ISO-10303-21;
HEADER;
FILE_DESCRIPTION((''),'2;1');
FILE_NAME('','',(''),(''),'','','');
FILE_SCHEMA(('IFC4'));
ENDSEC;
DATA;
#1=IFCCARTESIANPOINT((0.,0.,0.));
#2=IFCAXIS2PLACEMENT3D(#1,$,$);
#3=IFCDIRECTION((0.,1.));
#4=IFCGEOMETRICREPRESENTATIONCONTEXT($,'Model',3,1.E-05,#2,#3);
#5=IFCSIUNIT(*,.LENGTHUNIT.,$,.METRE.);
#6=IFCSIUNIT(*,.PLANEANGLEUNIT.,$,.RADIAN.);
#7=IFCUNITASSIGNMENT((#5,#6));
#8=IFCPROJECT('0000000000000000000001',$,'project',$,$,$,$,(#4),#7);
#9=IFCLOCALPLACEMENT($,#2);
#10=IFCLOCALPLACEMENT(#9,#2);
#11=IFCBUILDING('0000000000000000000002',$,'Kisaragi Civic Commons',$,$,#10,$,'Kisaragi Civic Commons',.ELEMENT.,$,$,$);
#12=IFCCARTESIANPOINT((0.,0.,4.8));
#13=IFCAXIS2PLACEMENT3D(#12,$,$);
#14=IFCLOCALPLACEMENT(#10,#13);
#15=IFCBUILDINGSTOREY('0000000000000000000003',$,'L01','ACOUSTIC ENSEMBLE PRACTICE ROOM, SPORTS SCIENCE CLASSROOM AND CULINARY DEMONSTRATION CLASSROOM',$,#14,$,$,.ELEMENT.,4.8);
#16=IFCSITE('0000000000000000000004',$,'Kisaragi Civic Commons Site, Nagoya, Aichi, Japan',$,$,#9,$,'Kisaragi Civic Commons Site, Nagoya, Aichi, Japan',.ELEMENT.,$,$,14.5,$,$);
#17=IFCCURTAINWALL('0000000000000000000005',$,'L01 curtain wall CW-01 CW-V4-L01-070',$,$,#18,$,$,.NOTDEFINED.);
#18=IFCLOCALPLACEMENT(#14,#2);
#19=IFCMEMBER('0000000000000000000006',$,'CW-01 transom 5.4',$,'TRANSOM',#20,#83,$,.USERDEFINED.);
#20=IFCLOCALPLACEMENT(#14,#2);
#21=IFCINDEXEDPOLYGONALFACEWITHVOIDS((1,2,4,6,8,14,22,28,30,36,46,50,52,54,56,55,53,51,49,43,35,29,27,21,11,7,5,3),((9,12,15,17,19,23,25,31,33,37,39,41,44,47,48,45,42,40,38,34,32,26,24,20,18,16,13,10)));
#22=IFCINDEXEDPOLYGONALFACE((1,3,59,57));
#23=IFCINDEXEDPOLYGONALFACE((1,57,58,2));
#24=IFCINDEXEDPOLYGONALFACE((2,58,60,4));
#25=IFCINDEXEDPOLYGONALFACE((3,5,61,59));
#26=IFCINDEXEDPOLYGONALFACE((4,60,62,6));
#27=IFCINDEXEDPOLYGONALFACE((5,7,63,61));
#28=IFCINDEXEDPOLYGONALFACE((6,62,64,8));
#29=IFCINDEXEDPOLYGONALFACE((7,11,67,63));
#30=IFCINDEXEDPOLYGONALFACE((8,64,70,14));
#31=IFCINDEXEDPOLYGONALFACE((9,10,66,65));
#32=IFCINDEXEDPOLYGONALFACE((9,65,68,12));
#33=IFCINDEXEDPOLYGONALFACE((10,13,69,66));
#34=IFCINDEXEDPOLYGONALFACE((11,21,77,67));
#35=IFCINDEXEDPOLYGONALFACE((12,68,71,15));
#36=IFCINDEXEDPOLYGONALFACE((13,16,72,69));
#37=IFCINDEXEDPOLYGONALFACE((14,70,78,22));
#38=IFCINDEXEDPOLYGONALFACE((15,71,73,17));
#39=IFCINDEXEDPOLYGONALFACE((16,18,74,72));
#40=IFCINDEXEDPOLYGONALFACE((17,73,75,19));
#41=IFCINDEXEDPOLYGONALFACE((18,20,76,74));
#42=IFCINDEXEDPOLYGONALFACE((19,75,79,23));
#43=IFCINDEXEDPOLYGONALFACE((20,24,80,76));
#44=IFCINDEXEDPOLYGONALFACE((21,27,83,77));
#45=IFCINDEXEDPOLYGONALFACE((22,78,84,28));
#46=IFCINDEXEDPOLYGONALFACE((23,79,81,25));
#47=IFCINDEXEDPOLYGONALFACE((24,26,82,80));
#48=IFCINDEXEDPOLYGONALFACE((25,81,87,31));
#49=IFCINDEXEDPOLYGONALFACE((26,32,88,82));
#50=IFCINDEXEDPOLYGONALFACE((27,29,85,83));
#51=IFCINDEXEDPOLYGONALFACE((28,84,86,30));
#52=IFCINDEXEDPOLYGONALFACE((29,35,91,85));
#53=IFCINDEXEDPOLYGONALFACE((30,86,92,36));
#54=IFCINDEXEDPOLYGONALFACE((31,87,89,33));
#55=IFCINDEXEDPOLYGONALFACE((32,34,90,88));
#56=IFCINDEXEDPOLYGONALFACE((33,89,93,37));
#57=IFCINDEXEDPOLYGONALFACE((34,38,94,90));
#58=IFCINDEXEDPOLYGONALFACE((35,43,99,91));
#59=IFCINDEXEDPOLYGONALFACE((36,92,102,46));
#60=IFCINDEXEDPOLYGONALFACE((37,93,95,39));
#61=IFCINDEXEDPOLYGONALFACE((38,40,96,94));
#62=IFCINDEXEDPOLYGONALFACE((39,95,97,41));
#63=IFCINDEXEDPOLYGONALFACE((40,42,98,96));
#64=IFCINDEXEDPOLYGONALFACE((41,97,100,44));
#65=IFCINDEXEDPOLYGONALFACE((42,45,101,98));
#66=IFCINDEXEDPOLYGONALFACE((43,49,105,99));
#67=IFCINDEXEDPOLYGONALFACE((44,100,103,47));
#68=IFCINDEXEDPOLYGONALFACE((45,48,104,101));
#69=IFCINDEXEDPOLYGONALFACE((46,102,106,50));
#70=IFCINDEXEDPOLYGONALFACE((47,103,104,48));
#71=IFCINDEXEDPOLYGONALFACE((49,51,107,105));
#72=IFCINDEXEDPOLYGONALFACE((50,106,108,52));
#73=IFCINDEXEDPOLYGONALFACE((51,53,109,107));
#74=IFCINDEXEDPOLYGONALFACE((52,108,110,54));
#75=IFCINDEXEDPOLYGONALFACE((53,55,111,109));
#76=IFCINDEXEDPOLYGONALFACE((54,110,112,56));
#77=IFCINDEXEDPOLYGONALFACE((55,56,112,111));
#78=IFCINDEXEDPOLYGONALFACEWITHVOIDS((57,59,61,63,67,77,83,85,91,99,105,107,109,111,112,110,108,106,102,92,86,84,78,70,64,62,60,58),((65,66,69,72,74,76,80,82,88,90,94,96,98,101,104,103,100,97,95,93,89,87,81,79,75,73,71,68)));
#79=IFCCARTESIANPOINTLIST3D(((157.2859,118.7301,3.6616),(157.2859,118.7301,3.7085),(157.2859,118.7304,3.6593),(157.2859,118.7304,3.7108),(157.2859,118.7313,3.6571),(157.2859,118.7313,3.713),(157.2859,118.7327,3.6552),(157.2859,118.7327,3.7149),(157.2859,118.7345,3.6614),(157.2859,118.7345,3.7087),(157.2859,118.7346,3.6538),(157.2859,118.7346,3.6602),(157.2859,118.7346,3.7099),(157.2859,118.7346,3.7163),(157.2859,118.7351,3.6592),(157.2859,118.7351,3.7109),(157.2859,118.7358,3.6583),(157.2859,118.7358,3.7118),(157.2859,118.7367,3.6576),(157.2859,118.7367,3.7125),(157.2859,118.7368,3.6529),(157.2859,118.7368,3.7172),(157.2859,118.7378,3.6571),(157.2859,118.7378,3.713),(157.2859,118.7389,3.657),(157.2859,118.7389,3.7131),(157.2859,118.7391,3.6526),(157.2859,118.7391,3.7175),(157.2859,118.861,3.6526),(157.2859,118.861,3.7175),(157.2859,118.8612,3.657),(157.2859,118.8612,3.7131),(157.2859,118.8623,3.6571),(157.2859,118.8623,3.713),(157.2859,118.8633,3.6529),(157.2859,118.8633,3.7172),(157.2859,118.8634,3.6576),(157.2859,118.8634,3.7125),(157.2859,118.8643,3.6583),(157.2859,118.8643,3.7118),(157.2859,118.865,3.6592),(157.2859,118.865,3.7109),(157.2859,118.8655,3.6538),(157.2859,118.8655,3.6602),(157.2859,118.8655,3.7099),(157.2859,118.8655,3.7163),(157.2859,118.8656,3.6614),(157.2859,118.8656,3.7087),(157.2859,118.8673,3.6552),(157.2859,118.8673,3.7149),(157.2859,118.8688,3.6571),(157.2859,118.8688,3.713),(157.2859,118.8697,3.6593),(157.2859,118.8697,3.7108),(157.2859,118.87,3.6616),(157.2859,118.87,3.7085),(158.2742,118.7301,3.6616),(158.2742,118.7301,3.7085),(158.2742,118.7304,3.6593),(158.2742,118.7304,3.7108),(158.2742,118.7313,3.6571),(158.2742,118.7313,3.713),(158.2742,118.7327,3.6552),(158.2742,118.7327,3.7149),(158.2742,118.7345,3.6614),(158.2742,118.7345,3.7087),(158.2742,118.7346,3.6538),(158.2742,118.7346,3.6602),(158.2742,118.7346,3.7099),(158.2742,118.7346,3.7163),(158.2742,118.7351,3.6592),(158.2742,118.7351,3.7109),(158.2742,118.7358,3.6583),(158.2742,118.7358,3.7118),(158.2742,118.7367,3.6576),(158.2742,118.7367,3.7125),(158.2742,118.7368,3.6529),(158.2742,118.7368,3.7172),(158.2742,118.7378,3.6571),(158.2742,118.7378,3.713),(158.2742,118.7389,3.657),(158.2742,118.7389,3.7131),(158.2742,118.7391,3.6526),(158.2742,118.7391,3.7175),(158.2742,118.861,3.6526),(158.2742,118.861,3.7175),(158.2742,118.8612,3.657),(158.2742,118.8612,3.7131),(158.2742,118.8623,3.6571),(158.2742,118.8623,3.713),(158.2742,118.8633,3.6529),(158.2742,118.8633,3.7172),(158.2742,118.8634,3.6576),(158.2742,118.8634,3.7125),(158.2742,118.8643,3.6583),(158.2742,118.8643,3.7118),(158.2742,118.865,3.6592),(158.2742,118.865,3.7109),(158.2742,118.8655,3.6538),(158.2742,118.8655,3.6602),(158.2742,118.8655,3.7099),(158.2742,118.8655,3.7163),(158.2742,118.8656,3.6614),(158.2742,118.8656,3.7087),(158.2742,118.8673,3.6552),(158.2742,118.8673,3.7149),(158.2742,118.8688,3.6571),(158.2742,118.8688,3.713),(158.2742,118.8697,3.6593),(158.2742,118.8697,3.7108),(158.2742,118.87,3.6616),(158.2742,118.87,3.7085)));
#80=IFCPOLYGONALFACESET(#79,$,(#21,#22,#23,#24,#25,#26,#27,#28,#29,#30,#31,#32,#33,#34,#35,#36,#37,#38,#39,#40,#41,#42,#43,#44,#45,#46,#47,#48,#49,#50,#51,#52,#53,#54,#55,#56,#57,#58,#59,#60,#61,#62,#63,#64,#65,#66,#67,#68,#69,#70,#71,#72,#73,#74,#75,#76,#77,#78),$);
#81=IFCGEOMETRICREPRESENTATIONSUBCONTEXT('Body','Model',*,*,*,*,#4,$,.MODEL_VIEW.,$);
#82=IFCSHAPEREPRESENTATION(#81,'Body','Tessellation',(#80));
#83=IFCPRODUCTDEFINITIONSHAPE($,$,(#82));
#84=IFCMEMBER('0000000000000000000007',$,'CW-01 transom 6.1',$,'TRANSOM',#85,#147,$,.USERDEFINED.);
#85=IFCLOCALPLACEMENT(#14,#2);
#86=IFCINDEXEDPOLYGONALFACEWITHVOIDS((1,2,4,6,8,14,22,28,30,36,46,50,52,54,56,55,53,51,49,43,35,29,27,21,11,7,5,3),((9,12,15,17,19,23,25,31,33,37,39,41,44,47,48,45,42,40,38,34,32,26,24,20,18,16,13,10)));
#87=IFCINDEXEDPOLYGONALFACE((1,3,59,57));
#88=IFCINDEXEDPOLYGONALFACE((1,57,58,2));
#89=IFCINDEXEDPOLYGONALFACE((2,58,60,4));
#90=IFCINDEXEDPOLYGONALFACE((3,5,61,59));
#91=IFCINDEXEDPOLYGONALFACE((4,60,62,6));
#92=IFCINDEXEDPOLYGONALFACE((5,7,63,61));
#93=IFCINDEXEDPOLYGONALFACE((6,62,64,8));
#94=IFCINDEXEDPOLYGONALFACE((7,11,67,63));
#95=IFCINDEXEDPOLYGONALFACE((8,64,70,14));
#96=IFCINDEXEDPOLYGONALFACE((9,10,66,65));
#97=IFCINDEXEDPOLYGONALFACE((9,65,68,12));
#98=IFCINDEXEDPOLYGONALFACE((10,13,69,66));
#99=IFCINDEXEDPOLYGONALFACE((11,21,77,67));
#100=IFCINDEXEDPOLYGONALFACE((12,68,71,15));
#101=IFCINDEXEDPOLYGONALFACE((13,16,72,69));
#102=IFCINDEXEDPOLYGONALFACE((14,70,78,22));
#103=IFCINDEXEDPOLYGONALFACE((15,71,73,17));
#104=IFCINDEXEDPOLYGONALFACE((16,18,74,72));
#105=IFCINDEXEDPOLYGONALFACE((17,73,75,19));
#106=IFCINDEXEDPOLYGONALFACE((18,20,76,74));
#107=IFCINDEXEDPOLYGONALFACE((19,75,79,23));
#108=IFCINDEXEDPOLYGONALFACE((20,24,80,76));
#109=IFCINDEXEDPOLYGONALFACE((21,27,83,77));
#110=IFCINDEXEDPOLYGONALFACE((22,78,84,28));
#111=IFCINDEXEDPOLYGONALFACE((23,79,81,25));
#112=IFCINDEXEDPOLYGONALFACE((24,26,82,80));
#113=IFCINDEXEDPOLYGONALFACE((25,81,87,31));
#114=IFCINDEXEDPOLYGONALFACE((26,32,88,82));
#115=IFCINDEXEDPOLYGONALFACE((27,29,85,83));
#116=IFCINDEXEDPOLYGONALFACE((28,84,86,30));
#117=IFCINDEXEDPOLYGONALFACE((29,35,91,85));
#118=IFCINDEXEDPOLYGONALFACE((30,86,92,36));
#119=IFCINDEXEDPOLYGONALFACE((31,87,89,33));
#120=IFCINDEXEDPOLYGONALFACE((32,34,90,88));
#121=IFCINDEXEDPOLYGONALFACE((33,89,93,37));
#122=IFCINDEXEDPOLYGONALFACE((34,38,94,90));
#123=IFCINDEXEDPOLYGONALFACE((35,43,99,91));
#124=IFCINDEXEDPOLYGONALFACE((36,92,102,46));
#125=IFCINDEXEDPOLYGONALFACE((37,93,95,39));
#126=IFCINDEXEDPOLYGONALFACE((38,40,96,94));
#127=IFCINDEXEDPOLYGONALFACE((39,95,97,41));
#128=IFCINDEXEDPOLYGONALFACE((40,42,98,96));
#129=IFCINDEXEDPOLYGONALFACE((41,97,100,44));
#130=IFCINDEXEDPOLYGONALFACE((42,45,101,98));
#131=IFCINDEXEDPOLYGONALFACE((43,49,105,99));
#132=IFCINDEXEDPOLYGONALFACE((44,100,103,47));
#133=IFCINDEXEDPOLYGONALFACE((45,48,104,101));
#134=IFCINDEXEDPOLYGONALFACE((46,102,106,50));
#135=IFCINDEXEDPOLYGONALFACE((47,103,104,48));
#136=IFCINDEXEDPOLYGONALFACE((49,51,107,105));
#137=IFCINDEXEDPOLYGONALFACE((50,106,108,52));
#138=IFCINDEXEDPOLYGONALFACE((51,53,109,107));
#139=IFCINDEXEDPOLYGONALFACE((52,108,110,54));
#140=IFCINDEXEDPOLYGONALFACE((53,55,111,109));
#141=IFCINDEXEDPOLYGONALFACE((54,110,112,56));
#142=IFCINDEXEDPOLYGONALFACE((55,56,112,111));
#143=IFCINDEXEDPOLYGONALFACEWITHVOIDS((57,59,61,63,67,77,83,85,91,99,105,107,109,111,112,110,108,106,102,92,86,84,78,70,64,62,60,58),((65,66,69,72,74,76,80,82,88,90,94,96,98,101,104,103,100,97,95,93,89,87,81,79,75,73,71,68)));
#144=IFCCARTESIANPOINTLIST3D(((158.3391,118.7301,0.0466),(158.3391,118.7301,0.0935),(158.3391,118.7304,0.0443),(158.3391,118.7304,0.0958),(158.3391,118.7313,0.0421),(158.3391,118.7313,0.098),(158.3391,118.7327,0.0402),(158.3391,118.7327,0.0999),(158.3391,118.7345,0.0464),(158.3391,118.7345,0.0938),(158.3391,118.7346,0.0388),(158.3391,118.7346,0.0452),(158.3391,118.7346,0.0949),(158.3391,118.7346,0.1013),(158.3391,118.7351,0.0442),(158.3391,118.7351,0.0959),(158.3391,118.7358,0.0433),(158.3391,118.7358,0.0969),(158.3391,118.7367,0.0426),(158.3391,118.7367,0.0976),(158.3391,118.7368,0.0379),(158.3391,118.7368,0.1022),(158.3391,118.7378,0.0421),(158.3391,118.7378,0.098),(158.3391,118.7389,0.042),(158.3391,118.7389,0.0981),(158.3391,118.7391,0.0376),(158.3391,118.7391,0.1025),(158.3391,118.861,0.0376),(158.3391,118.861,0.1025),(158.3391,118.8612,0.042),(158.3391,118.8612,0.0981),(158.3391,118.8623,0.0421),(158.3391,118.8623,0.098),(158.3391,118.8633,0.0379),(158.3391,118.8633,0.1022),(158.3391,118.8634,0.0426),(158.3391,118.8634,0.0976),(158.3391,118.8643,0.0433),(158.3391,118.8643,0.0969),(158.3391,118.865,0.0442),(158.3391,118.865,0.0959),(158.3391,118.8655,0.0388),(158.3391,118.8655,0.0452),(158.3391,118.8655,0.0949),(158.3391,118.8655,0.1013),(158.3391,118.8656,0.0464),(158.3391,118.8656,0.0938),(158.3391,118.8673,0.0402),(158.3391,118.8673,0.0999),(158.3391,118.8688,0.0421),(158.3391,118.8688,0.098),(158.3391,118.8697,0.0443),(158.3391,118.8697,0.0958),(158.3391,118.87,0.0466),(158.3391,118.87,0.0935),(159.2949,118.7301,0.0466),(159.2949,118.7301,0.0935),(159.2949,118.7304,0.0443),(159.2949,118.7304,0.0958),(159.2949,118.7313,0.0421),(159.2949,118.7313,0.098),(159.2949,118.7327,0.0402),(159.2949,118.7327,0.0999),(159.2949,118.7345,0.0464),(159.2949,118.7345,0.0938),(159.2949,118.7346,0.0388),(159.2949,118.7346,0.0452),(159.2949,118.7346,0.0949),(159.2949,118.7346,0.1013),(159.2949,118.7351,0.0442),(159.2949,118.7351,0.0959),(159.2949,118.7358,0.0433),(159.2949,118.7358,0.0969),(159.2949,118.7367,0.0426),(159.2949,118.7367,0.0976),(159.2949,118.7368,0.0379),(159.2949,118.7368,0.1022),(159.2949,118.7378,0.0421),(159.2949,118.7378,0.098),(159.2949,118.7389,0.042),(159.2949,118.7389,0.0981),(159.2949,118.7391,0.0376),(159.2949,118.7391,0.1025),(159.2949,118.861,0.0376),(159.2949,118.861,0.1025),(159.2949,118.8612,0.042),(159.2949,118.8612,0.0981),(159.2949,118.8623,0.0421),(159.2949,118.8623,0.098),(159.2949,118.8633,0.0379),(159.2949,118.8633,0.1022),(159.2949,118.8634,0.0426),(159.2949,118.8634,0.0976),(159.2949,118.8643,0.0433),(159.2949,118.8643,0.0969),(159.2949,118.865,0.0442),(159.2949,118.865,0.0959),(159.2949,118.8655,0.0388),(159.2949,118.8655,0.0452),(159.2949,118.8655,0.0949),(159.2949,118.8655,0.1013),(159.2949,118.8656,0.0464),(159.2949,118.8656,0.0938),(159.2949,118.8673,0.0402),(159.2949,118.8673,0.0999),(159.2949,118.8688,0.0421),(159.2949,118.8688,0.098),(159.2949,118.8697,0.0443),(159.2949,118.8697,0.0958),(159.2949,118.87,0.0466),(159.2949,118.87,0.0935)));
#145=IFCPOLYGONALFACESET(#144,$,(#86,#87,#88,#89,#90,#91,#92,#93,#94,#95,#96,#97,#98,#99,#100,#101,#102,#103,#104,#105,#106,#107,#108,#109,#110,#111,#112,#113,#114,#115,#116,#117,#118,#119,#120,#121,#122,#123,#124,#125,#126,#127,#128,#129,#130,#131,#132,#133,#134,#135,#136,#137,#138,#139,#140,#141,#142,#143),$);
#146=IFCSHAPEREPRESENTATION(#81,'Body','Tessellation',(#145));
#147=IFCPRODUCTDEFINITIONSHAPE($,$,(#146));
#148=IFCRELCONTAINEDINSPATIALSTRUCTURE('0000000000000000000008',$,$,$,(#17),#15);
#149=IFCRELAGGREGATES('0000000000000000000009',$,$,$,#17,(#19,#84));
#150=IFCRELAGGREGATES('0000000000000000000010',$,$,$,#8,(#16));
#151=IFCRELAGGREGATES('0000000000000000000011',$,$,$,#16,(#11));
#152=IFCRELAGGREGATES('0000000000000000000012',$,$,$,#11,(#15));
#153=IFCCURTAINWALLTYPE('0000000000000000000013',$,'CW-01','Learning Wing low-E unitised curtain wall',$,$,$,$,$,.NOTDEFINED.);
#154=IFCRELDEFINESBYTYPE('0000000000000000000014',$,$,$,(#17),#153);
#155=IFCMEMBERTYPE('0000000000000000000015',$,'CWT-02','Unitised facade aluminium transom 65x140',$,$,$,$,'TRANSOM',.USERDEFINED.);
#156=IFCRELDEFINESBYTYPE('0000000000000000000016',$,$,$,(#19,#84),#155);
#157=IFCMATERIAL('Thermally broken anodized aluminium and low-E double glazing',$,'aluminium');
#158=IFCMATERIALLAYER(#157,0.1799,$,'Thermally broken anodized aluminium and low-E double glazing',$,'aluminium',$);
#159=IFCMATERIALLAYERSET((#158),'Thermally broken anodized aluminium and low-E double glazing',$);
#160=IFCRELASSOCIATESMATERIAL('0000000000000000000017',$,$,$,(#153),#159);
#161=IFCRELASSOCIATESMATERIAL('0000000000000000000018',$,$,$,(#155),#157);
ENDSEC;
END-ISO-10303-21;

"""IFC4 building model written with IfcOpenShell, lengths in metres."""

from ifc_helpers import new_model, si_unit, direction, frame, origin, origin_2d, place, context, subcontext, project, spatial, hollow_rectangle, extrude, material, layer, layer_set, material_profile, profile_set, type_object, element, aggregate, save


model = new_model("IFC4")

# Units and contexts
model_context = context("Model", 3, precision=1e-05, world=origin(), true_north=direction((0.0, 1.0)))
body_context = subcontext(model_context, "Body", "Model", "MODEL_VIEW")
ifc_project = project(units=[si_unit("LENGTHUNIT", "METRE"), si_unit("PLANEANGLEUNIT", "RADIAN")], contexts=[model_context])

# Site, building, storey
site_placement = place(None, origin())
site = spatial("IfcSite", under=ifc_project, at=site_placement, Name="Kisaragi Civic Commons Site, Nagoya, Aichi, Japan", LongName="Kisaragi Civic Commons Site, Nagoya, Aichi, Japan", CompositionType="ELEMENT", RefElevation=14.5)
building_placement = place(site_placement, origin())
building = spatial("IfcBuilding", under=site, at=building_placement, Name="Kisaragi Civic Commons", LongName="Kisaragi Civic Commons", CompositionType="ELEMENT")
storey_placement = place(building_placement, frame((0.0, 0.0, 4.8)))
storey = spatial("IfcBuildingStorey", under=building, at=storey_placement, Name="L01", Description="ACOUSTIC ENSEMBLE PRACTICE ROOM, SPORTS SCIENCE CLASSROOM AND CULINARY DEMONSTRATION CLASSROOM", CompositionType="ELEMENT", Elevation=4.8)

# Curtain wall
ifc_material_1 = material(Name="Thermally broken anodized aluminium and low-E double glazing", Category="aluminium")
ifc_layer_1 = layer(ifc_material_1, 0.1799, Name="Thermally broken anodized aluminium and low-E double glazing", Category="aluminium")
ifc_layer_set_1 = layer_set([ifc_layer_1], Name="Thermally broken anodized aluminium and low-E double glazing")
curtain_wall_type = type_object("IfcCurtainWallType", Name="CW-01", Description="Learning Wing low-E unitised curtain wall", PredefinedType="NOTDEFINED", material=ifc_layer_set_1)
curtain_wall_1_placement = place(storey_placement, origin())
curtain_wall_1 = element("IfcCurtainWall", 1, at=curtain_wall_1_placement, inside=storey, type_object=curtain_wall_type, Name="L01 curtain wall CW-01 CW-V4-L01-070", PredefinedType="NOTDEFINED")

# Members
ifc_material_profile_1 = material_profile(ifc_material_1, hollow_rectangle(XDim=0.1399, YDim=0.0649, WallThickness=0.0044, InnerFilletRadius=0.0044, OuterFilletRadius=0.009, at=origin_2d()), Name="CWT-65x140x4.5", Category="aluminium")
ifc_profile_set_1 = profile_set([ifc_material_profile_1], Name="Thermally broken anodized aluminium and low-E double glazing")
member_type_1 = type_object("IfcMemberType", Name="CWT-02", Description="Unitised facade aluminium transom 65x140", ElementType="TRANSOM", PredefinedType="USERDEFINED", material=ifc_profile_set_1)
member_1_placement = place(storey_placement, frame((157.2859, 118.8, 3.6851), z_axis=(1.0, 0.0, 0.0), x_axis=(0.0, 1.0, 0.0)))
member_1 = element("IfcMember", 2, at=member_1_placement, type_object=member_type_1, Name="CW-01 transom 5.4", ObjectType="TRANSOM", PredefinedType="USERDEFINED", context=body_context, shape_type="SweptSolid", body=[
    extrude(hollow_rectangle(XDim=0.1399, YDim=0.0649, WallThickness=0.0044, InnerFilletRadius=0.0044, OuterFilletRadius=0.009, at=origin_2d()), origin(), (0.0, 0.0, 1.0), 0.9883),
])
member_2_placement = place(storey_placement, frame((158.3391, 118.8, 0.0701), z_axis=(1.0, 0.0, 0.0), x_axis=(0.0, 1.0, 0.0)))
member_2 = element("IfcMember", 3, at=member_2_placement, type_object=member_type_1, Name="CW-01 transom 6.1", ObjectType="TRANSOM", PredefinedType="USERDEFINED", context=body_context, shape_type="SweptSolid", body=[
    extrude(hollow_rectangle(XDim=0.1399, YDim=0.0649, WallThickness=0.0044, InnerFilletRadius=0.0044, OuterFilletRadius=0.009, at=origin_2d()), origin(), (0.0, 0.0, 1.0), 0.9558),
])

aggregate(curtain_wall_1, [member_1, member_2])

save(model, "model.ifc")
